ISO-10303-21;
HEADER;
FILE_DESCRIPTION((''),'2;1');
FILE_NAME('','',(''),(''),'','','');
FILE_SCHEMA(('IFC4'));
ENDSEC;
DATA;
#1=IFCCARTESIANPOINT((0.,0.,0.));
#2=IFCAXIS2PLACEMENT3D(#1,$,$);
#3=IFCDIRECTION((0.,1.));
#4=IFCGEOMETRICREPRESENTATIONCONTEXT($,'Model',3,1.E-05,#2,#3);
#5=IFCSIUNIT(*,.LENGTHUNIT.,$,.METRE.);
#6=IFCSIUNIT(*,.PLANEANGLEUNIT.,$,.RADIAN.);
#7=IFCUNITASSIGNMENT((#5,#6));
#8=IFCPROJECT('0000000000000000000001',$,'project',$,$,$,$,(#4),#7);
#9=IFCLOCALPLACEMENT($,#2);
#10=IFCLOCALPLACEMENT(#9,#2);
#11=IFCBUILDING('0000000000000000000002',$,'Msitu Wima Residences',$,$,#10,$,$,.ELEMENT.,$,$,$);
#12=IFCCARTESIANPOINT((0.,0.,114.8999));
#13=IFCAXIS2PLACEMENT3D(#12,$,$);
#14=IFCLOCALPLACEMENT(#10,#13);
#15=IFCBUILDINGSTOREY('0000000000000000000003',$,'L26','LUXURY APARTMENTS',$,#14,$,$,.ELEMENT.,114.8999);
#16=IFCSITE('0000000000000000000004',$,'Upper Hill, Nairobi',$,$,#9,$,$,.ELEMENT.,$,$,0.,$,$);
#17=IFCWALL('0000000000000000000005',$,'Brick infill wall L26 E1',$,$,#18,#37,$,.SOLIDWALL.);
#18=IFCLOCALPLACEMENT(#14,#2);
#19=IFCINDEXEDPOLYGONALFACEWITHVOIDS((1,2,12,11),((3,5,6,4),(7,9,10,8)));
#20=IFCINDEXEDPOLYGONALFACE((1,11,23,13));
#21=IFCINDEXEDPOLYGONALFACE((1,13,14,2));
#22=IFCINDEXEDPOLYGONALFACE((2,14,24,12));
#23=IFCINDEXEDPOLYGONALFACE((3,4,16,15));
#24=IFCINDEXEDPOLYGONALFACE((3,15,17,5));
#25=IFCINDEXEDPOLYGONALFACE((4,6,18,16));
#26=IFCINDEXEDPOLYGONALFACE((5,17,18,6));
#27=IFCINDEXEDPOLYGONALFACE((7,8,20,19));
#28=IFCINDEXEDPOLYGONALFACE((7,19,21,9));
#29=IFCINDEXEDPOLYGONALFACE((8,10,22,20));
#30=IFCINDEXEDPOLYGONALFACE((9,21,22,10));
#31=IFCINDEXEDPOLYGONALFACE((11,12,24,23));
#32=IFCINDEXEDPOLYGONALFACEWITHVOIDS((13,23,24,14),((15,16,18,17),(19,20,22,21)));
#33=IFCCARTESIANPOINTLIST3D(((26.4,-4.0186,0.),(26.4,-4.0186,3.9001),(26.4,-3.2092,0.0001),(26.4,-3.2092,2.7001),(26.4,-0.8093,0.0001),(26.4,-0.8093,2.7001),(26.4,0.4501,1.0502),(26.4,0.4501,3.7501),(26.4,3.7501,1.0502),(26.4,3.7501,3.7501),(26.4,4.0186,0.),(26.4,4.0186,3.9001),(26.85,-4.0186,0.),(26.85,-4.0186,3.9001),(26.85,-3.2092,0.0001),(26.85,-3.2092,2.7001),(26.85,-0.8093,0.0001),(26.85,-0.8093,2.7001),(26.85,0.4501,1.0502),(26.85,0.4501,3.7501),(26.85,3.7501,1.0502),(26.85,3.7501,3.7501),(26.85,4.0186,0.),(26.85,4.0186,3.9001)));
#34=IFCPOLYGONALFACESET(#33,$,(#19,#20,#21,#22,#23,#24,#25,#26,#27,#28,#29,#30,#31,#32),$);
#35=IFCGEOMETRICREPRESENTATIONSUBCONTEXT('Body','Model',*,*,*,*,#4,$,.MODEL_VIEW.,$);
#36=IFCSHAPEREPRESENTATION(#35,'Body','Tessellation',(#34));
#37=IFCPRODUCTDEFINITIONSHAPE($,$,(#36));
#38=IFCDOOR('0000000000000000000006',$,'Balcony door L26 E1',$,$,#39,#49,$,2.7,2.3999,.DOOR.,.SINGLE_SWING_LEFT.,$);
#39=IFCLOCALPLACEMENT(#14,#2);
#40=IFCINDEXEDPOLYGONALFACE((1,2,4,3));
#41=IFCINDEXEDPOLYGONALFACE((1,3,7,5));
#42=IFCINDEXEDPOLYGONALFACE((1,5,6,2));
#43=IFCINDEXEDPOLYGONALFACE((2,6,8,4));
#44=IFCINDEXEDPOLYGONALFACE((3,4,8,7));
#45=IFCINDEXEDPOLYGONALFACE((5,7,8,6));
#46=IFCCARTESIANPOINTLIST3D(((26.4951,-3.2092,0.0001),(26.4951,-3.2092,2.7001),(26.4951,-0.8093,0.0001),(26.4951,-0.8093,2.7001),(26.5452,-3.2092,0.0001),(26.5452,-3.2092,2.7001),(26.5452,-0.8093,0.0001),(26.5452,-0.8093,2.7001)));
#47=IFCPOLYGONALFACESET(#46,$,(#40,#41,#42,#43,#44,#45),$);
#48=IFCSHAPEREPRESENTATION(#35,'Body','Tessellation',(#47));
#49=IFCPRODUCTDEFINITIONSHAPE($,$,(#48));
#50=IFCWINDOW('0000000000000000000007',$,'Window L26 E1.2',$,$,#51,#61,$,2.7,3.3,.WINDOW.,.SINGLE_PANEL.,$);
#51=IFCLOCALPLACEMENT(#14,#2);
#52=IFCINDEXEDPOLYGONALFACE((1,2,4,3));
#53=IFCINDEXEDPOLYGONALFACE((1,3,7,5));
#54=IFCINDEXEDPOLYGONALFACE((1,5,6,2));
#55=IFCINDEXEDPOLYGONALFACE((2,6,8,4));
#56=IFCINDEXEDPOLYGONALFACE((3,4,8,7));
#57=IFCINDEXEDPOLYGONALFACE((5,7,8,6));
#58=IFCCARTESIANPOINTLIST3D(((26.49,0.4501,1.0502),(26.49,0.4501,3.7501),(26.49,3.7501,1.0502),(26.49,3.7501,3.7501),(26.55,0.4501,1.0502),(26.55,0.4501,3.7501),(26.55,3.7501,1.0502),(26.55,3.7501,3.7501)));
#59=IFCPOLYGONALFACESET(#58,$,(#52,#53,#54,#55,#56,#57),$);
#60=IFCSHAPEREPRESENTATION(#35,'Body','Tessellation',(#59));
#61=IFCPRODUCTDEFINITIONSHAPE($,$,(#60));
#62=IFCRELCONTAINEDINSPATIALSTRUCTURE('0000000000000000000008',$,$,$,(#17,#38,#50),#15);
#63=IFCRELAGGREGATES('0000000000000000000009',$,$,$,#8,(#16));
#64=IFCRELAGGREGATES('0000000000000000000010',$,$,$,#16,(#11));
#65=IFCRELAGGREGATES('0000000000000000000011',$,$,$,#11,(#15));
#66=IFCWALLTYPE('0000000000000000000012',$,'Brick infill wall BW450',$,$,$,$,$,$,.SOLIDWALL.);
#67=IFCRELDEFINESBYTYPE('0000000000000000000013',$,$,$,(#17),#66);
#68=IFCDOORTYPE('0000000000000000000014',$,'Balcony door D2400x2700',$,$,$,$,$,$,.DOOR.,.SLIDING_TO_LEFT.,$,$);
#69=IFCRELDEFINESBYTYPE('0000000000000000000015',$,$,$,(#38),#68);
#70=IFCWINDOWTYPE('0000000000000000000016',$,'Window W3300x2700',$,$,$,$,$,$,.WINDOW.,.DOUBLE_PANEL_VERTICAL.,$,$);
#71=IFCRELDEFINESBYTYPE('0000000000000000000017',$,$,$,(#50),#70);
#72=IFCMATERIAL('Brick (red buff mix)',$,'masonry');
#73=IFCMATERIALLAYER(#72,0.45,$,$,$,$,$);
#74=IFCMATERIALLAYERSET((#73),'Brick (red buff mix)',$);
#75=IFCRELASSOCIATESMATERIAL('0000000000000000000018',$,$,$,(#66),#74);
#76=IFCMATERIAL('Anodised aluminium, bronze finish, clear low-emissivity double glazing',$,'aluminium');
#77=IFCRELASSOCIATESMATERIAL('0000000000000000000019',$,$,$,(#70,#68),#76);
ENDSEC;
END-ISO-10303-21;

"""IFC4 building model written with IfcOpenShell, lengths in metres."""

from ifc_helpers import new_model, si_unit, direction, frame, frame_2d, origin, place, context, subcontext, project, spatial, rectangle, extrude, material, layer, layer_set, type_object, element, fill, save


model = new_model("IFC4")

# Units and contexts
model_context = context("Model", 3, precision=1e-05, world=origin(), true_north=direction((0.0, 1.0)))
body_context = subcontext(model_context, "Body", "Model", "MODEL_VIEW")
ifc_project = project(units=[si_unit("LENGTHUNIT", "METRE"), si_unit("PLANEANGLEUNIT", "RADIAN")], contexts=[model_context])

# Site, building, storey
site_placement = place(None, origin())
site = spatial("IfcSite", under=ifc_project, at=site_placement, Name="Upper Hill, Nairobi", CompositionType="ELEMENT", RefElevation=0.0)
building_placement = place(site_placement, origin())
building = spatial("IfcBuilding", under=site, at=building_placement, Name="Msitu Wima Residences", CompositionType="ELEMENT")
storey_placement = place(building_placement, frame((0.0, 0.0, 114.8999)))
storey = spatial("IfcBuildingStorey", under=building, at=storey_placement, Name="L26", Description="LUXURY APARTMENTS", CompositionType="ELEMENT", Elevation=114.8999)

# Shared definitions
ifc_material_1 = material(Name="Brick (red buff mix)", Category="masonry")
ifc_layer_1 = layer(ifc_material_1, 0.45)
ifc_layer_set_1 = layer_set([ifc_layer_1], Name="Brick (red buff mix)")
wall_type_1 = type_object("IfcWallType", Name="Brick infill wall BW450", PredefinedType="SOLIDWALL", material=ifc_layer_set_1)
ifc_material_2 = material(Name="Anodised aluminium, bronze finish, clear low-emissivity double glazing", Category="aluminium")
window_type = type_object("IfcWindowType", Name="Window W3300x2700", PartitioningType="DOUBLE_PANEL_VERTICAL", PredefinedType="WINDOW", material=ifc_material_2)

# Wall, openings, door, window
wall_1_placement = place(storey_placement, frame((26.625, -4.0186, 0.0), z_axis=(0.0, 0.0, 1.0), x_axis=(0.0, 1.0, 0.0)))
wall_1 = element("IfcWall", 1, at=wall_1_placement, inside=storey, type_object=wall_type_1, Name="Brick infill wall L26 E1", PredefinedType="SOLIDWALL", context=body_context, shape_type="SweptSolid", body=[
    extrude(rectangle(XDim=8.0371, YDim=0.45, at=frame_2d((4.0186, 0.0))), origin(), (0.0, 0.0, 1.0), 3.9001),
])
opening_1_placement = place(wall_1_placement, frame((0.8093, 0.0, 0.0)))
opening_1 = element("IfcOpeningElement", 2, at=opening_1_placement, cuts=wall_1, PredefinedType="OPENING", context=body_context, shape_type="SweptSolid", body=[
    extrude(rectangle(XDim=2.3999, YDim=2.7, at=frame_2d((1.2, 1.3501))), frame((0.0, 0.2349, 0.0), z_axis=(0.0, -1.0, 0.0), x_axis=(1.0, 0.0, 0.0)), (0.0, 0.0, 1.0), 0.47),
])
opening_2_placement = place(wall_1_placement, frame((4.4688, 0.0, 1.05)))
opening_2 = element("IfcOpeningElement", 3, at=opening_2_placement, cuts=wall_1, PredefinedType="OPENING", context=body_context, shape_type="SweptSolid", body=[
    extrude(rectangle(XDim=3.3, YDim=2.7, at=frame_2d((1.6499, 1.3501))), frame((0.0, 0.2349, 0.0), z_axis=(0.0, -1.0, 0.0), x_axis=(1.0, 0.0, 0.0)), (0.0, 0.0, 1.0), 0.47),
])
door_type = type_object("IfcDoorType", Name="Balcony door D2400x2700", OperationType="SLIDING_TO_LEFT", PredefinedType="DOOR", material=ifc_material_2)
door_placement = place(opening_1_placement, origin())
door = element("IfcDoor", 4, at=door_placement, inside=storey, type_object=door_type, Name="Balcony door L26 E1", OperationType="SINGLE_SWING_LEFT", OverallHeight=2.7, OverallWidth=2.3999, PredefinedType="DOOR", context=body_context, shape_type="SweptSolid", body=[
    extrude(rectangle(XDim=2.3999, YDim=2.7, at=frame_2d((1.2, 1.3501))), frame((0.0, 0.1299, 0.0), z_axis=(0.0, -1.0, 0.0), x_axis=(1.0, 0.0, 0.0)), (0.0, 0.0, 1.0), 0.05),
])
fill(opening_1, door)
window_1_placement = place(opening_2_placement, origin())
window_1 = element("IfcWindow", 5, at=window_1_placement, inside=storey, type_object=window_type, Name="Window L26 E1.2", OverallHeight=2.7, OverallWidth=3.3, PartitioningType="SINGLE_PANEL", PredefinedType="WINDOW", context=body_context, shape_type="SweptSolid", body=[
    extrude(rectangle(XDim=3.3, YDim=2.7, at=frame_2d((1.6499, 1.3501))), frame((0.0, 0.135, 0.0), z_axis=(0.0, -1.0, 0.0), x_axis=(1.0, 0.0, 0.0)), (0.0, 0.0, 1.0), 0.0601),
])
fill(opening_2, window_1)

save(model, "model.ifc")
